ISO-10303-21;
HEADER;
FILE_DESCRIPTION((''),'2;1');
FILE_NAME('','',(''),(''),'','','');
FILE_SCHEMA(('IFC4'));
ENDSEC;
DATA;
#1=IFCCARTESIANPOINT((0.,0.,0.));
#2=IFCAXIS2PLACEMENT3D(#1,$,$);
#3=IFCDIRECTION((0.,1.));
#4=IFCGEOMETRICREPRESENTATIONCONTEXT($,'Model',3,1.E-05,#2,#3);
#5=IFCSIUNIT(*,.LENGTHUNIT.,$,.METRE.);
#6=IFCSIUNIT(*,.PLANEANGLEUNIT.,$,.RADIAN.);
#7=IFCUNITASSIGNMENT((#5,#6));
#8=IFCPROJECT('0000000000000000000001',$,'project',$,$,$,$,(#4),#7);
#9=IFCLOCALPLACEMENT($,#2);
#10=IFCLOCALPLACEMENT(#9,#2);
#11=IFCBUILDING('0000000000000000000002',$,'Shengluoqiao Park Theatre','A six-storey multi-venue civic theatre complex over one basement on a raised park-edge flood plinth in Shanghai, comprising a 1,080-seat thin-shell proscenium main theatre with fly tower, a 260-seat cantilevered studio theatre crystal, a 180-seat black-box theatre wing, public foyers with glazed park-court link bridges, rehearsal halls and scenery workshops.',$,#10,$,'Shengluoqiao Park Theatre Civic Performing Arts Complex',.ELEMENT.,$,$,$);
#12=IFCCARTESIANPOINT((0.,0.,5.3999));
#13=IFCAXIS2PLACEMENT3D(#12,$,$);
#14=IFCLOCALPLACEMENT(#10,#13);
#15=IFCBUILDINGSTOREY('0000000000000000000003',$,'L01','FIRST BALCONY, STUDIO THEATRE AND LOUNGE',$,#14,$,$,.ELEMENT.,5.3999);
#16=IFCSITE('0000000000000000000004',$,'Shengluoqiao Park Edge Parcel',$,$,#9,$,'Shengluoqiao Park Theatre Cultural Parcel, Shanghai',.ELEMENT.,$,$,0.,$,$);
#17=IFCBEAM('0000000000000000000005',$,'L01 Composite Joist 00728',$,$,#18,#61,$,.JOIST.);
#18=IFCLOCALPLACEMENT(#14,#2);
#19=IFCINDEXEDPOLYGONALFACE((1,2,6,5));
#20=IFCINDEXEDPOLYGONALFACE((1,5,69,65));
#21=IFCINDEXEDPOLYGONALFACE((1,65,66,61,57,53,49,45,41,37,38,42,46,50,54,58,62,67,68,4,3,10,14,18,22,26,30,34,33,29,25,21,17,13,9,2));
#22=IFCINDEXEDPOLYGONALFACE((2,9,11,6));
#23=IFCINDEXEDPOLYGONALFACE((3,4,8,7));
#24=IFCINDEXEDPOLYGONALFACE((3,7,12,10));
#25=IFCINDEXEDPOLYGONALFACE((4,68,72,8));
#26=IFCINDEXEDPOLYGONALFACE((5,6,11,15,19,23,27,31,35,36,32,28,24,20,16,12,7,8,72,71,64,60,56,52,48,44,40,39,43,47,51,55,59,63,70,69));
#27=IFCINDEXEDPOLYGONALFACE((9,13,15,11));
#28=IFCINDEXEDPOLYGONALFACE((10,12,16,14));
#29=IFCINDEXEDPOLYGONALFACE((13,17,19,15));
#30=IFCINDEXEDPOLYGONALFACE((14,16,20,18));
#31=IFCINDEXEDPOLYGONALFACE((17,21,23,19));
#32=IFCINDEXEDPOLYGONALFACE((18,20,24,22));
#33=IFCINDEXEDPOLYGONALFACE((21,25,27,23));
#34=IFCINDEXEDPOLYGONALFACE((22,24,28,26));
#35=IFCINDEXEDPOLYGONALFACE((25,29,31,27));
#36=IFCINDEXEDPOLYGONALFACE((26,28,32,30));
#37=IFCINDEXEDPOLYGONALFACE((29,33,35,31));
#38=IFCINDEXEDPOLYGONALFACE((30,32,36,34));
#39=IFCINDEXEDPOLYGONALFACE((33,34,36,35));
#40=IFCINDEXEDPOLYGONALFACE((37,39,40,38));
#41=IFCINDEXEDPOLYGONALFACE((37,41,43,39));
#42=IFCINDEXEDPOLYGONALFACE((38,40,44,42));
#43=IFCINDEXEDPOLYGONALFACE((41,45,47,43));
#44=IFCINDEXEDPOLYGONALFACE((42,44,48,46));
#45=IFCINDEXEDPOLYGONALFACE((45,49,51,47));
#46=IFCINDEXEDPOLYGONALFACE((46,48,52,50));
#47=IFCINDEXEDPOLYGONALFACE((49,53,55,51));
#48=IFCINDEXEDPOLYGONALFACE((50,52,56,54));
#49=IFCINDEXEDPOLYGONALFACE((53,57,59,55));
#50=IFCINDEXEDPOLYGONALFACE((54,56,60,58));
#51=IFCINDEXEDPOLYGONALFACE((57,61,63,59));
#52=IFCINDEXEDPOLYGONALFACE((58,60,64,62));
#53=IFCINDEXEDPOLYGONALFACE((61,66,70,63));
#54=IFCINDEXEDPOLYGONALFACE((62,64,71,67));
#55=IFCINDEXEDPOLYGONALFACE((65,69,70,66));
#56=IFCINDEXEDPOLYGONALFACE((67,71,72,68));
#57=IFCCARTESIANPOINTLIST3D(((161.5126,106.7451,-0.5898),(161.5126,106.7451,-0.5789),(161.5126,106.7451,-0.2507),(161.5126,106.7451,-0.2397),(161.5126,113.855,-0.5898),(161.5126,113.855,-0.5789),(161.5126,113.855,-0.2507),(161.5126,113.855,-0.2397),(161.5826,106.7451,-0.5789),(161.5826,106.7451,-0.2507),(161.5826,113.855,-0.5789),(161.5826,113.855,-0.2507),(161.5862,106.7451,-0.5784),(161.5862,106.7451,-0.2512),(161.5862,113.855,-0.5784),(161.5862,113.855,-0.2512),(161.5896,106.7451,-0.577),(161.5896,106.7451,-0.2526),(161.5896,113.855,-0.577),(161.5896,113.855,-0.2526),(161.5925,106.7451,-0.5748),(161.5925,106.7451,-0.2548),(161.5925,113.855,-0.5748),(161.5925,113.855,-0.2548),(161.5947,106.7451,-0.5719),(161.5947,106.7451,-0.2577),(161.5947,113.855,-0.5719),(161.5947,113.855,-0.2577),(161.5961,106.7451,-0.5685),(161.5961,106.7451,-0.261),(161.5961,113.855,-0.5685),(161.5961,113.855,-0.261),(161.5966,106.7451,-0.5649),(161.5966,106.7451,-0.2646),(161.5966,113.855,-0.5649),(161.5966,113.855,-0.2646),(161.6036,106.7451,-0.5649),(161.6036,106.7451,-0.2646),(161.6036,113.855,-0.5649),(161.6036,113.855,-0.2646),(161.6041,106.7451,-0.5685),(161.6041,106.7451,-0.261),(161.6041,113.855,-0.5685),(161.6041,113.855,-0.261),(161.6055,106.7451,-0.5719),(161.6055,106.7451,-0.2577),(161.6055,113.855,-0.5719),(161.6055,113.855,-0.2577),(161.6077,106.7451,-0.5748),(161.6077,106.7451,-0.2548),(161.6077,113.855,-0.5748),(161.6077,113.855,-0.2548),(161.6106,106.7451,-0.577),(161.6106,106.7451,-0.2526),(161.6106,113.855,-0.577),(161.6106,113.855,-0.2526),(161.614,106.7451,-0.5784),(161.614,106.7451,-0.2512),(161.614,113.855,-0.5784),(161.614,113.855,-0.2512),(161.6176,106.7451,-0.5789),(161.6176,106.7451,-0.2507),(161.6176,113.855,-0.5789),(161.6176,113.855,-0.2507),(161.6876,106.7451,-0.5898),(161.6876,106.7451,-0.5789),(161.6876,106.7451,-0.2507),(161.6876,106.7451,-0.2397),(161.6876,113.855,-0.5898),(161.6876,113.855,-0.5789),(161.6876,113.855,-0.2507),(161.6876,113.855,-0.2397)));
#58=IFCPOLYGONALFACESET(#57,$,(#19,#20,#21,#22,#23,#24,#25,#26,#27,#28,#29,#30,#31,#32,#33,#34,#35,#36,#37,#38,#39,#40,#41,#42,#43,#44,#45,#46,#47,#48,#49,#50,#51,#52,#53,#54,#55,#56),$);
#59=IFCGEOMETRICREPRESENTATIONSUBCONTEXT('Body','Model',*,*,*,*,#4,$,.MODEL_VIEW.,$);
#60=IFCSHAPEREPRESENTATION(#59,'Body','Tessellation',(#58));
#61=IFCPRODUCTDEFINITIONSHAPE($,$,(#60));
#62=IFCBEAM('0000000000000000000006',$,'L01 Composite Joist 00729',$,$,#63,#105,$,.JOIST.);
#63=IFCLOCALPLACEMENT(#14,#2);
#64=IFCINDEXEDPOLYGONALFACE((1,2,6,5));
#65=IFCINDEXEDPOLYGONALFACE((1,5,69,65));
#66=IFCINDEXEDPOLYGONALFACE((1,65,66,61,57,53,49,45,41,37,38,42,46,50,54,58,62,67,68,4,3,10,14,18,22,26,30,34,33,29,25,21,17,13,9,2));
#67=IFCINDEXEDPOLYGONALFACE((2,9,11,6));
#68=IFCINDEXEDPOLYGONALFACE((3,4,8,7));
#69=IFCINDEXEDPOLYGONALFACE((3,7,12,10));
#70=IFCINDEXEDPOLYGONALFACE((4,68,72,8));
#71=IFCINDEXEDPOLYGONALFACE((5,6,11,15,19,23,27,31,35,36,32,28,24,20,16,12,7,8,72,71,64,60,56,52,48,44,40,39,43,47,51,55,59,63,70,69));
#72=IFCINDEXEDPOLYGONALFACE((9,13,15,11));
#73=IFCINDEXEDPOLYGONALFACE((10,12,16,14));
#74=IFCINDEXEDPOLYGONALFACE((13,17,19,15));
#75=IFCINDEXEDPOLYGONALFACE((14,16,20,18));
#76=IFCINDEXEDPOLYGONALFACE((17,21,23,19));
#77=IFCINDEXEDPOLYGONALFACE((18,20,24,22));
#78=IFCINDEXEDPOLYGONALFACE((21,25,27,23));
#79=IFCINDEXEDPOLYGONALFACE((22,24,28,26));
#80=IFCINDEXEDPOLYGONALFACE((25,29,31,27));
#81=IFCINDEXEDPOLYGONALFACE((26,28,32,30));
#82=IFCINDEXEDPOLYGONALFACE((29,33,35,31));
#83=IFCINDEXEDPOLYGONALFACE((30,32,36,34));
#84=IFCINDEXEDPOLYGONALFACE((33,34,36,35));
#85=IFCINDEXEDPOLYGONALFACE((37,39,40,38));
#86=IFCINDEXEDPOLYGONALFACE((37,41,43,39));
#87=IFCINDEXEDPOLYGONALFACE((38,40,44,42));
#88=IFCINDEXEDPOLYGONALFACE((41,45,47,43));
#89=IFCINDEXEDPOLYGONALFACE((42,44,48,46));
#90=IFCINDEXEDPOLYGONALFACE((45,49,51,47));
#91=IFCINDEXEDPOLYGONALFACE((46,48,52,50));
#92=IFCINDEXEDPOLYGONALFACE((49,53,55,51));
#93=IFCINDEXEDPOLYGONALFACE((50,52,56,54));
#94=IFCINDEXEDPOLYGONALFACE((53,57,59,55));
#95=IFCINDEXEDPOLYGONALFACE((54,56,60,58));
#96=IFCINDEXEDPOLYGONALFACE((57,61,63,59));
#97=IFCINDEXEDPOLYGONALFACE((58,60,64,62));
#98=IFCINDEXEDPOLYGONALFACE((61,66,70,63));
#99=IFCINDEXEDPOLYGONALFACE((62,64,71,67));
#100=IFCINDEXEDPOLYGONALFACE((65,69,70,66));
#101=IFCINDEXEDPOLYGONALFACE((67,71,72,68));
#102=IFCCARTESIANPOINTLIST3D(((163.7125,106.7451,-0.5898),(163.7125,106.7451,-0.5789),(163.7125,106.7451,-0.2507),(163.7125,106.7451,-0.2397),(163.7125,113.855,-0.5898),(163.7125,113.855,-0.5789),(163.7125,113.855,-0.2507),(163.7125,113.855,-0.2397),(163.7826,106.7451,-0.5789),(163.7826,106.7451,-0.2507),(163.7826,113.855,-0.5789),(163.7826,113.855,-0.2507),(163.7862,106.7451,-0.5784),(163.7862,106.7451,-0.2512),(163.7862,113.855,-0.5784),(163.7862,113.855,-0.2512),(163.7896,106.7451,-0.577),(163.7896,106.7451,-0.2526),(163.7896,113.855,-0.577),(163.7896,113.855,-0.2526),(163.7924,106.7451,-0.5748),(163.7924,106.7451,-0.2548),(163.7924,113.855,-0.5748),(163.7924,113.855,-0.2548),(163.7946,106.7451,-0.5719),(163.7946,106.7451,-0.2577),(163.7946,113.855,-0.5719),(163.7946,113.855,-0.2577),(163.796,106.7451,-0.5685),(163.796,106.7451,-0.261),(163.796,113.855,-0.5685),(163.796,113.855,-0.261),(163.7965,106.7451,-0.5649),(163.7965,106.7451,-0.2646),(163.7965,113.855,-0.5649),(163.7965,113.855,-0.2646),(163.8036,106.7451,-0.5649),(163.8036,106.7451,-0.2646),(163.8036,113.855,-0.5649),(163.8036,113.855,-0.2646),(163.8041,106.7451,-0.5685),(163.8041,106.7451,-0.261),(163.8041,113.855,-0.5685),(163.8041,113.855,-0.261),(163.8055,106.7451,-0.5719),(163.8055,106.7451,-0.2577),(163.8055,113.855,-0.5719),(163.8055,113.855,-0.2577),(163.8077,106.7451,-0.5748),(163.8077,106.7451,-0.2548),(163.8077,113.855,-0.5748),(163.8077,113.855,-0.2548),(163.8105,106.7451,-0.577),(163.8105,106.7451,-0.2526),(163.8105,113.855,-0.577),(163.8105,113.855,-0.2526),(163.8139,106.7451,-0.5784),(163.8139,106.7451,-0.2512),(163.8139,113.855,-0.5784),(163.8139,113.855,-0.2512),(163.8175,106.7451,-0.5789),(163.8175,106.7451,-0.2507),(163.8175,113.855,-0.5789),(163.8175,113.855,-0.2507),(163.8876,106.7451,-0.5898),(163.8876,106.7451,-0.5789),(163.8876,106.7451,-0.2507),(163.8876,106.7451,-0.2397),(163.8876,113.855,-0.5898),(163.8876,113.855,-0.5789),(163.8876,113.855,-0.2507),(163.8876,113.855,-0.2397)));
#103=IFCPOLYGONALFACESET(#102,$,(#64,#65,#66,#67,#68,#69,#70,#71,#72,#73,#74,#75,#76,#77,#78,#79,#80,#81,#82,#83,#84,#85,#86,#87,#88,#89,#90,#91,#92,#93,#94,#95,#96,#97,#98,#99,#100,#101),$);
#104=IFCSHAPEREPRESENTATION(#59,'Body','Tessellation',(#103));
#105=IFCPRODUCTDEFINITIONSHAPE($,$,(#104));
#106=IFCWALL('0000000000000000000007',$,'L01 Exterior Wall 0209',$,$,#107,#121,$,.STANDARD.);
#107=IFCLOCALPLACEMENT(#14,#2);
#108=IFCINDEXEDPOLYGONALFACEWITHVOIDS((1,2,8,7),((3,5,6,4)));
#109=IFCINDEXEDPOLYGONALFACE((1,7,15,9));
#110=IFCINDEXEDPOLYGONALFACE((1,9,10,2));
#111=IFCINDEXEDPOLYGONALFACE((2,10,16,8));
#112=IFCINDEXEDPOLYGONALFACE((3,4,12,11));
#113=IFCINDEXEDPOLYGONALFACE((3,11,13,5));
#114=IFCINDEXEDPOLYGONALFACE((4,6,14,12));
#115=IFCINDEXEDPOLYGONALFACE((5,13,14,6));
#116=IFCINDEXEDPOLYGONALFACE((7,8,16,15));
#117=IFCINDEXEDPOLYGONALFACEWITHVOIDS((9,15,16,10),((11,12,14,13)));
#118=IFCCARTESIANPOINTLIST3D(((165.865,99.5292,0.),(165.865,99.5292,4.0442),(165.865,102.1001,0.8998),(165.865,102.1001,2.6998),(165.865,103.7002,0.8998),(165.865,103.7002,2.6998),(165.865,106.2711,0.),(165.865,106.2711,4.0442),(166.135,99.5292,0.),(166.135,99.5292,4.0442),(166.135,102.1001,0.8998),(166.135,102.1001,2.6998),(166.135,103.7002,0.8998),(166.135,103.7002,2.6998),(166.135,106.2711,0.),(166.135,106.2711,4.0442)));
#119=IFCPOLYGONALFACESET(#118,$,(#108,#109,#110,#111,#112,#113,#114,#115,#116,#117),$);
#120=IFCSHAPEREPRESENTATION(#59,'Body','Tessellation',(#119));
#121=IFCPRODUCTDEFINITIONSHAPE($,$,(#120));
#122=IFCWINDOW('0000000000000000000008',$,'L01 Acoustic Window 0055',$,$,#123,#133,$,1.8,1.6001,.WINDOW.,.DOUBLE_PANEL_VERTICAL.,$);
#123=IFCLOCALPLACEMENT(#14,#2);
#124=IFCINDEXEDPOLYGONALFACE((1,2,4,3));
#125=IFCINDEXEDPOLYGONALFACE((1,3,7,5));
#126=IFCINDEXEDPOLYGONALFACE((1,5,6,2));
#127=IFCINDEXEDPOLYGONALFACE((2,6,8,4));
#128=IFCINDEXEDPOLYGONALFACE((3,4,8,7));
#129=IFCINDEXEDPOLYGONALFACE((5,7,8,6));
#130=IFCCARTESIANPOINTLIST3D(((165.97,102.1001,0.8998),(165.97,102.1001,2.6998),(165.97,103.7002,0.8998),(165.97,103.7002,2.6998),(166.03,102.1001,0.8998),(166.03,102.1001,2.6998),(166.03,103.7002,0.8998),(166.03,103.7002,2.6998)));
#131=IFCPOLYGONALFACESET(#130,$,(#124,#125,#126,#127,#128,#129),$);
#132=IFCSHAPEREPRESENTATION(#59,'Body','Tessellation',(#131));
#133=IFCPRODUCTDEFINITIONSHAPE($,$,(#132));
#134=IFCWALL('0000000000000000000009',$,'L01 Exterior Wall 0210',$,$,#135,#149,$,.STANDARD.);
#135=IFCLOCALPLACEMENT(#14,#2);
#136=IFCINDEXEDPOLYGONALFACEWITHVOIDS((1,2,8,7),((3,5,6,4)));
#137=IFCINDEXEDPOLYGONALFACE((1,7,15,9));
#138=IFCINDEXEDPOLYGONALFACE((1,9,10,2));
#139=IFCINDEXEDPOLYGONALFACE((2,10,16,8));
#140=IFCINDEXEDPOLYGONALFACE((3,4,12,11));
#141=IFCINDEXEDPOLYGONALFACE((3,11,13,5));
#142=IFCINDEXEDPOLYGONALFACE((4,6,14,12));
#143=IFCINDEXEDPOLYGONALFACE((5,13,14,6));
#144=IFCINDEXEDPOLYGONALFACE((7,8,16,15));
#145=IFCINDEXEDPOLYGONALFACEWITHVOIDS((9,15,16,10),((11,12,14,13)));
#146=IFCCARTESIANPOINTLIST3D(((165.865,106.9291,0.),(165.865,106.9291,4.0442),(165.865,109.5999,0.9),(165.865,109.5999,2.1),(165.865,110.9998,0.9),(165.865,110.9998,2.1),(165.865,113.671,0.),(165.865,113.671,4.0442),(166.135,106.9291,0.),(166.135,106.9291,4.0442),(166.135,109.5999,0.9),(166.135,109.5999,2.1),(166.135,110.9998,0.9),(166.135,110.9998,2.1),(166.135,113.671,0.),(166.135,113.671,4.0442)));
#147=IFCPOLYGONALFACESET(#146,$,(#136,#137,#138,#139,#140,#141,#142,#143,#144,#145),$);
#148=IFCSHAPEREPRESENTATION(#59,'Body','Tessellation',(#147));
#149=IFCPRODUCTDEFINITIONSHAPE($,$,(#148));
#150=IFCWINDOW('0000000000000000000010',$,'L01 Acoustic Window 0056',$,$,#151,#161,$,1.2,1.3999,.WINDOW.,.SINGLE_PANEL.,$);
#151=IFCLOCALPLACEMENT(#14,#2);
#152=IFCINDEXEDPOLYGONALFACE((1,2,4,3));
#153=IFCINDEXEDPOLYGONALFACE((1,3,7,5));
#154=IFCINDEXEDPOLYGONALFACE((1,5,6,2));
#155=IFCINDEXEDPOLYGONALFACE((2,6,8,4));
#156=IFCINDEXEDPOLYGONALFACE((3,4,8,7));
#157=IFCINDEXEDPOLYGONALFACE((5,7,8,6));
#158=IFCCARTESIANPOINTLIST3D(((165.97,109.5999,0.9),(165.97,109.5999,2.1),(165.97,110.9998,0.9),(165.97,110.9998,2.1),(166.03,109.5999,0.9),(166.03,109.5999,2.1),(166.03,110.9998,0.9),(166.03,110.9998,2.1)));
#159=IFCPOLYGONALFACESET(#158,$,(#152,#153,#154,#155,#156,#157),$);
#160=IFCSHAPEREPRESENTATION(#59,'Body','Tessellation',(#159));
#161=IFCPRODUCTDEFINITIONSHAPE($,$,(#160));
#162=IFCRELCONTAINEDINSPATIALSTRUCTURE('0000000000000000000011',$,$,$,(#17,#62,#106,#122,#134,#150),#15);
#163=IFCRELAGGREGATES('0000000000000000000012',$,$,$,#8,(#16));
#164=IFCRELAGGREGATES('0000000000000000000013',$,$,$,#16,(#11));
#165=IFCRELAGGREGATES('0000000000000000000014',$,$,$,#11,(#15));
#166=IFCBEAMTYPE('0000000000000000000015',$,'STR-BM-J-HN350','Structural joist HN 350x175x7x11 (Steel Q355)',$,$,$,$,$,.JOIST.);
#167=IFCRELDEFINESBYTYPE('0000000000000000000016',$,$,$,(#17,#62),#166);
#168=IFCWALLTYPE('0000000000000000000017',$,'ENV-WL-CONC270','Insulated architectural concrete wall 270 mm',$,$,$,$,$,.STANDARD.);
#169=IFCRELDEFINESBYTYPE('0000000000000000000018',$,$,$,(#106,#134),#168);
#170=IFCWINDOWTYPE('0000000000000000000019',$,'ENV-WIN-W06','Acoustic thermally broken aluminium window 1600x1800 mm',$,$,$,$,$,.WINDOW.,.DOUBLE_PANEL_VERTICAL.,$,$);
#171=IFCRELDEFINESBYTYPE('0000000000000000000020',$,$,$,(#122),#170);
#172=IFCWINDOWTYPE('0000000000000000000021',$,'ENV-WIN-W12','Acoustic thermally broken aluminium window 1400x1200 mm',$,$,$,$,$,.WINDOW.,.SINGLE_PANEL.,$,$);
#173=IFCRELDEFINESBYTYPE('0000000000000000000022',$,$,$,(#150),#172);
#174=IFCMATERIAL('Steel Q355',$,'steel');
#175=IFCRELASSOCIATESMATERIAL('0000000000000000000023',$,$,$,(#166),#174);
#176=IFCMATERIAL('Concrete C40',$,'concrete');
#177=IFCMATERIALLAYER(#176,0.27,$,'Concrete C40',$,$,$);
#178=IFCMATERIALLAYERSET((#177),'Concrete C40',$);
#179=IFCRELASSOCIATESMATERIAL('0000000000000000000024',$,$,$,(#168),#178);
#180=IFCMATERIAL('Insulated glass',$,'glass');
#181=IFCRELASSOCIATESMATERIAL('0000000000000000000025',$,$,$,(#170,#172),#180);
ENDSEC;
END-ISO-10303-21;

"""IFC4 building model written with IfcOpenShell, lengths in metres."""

from ifc_helpers import new_model, si_unit, direction, frame, frame_2d, origin, origin_2d, place, context, subcontext, project, spatial, rectangle, i_section, extrude, material, layer, layer_set, material_profile, profile_set, type_object, element, fill, save


model = new_model("IFC4")

# Units and contexts
model_context = context("Model", 3, precision=1e-05, world=origin(), true_north=direction((0.0, 1.0)))
body_context = subcontext(model_context, "Body", "Model", "MODEL_VIEW")
ifc_project = project(units=[si_unit("LENGTHUNIT", "METRE"), si_unit("PLANEANGLEUNIT", "RADIAN")], contexts=[model_context])

# Site, building, storey
site_placement = place(None, origin())
site = spatial("IfcSite", under=ifc_project, at=site_placement, Name="Shengluoqiao Park Edge Parcel", LongName="Shengluoqiao Park Theatre Cultural Parcel, Shanghai", CompositionType="ELEMENT", RefElevation=0.0)
building_placement = place(site_placement, origin())
building = spatial("IfcBuilding", under=site, at=building_placement, Name="Shengluoqiao Park Theatre", Description="A six-storey multi-venue civic theatre complex over one basement on a raised park-edge flood plinth in Shanghai, comprising a 1,080-seat thin-shell proscenium main theatre with fly tower, a 260-seat cantilevered studio theatre crystal, a 180-seat black-box theatre wing, public foyers with glazed park-court link bridges, rehearsal halls and scenery workshops.", LongName="Shengluoqiao Park Theatre Civic Performing Arts Complex", CompositionType="ELEMENT")
storey_placement = place(building_placement, frame((0.0, 0.0, 5.3999)))
storey = spatial("IfcBuildingStorey", under=building, at=storey_placement, Name="L01", Description="FIRST BALCONY, STUDIO THEATRE AND LOUNGE", CompositionType="ELEMENT", Elevation=5.3999)

# Shared definitions
ifc_material_1 = material(Name="Concrete C40", Category="concrete")

# Beams
ifc_material_2 = material(Name="Steel Q355", Category="steel")
ifc_material_profile_1 = material_profile(ifc_material_2, i_section(OverallWidth=0.175, OverallDepth=0.3501, WebThickness=0.0071, FlangeThickness=0.011, FilletRadius=0.0139, at=origin_2d()), Name="HN 350x175x7x11")
ifc_profile_set_1 = profile_set([ifc_material_profile_1], Name="Steel Q355")
beam_type_1 = type_object("IfcBeamType", Name="STR-BM-J-HN350", Description="Structural joist HN 350x175x7x11 (Steel Q355)", PredefinedType="JOIST", material=ifc_profile_set_1)
for number, where, z_axis, x_axis, name in (
    (1, (161.6001, 106.7451, -0.4148), (0.0, 1.0, 0.0), (-1.0, 0.0, 0.0), "L01 Composite Joist 00728"),
    (2, (163.8, 106.7451, -0.4148), (0.0, 1.0, 0.0), (-1.0, 0.0, 0.0), "L01 Composite Joist 00729"),
):
    element("IfcBeam", number, at=place(storey_placement, frame(where, z_axis=z_axis, x_axis=x_axis)), inside=storey, type_object=beam_type_1, Name=name, PredefinedType="JOIST", context=body_context, shape_type="SweptSolid", body=[
        extrude(i_section(OverallWidth=0.175, OverallDepth=0.3501, WebThickness=0.0071, FlangeThickness=0.011, FilletRadius=0.0139, at=origin_2d()), origin(), (0.0, 0.0, 1.0), 7.1099),
    ])

# Walls, openings, windows
ifc_layer_1 = layer(ifc_material_1, 0.27, Name="Concrete C40")
ifc_layer_set_1 = layer_set([ifc_layer_1], Name="Concrete C40")
wall_type_1 = type_object("IfcWallType", Name="ENV-WL-CONC270", Description="Insulated architectural concrete wall 270 mm", PredefinedType="STANDARD", material=ifc_layer_set_1)
wall_1_placement = place(storey_placement, frame((166.0, 99.5291, 0.0), z_axis=(0.0, 0.0, 1.0), x_axis=(0.0, 1.0, 0.0)))
wall_1 = element("IfcWall", 3, at=wall_1_placement, inside=storey, type_object=wall_type_1, Name="L01 Exterior Wall 0209", PredefinedType="STANDARD", context=body_context, shape_type="SweptSolid", body=[
    extrude(rectangle(XDim=6.7419, YDim=0.27, at=frame_2d((3.3711, 0.0))), origin(), (0.0, 0.0, 1.0), 4.0442),
])
opening_1_placement = place(wall_1_placement, frame((2.571, 0.0, 0.8999)))
opening_1 = element("IfcOpeningElement", 4, at=opening_1_placement, cuts=wall_1, PredefinedType="OPENING", context=body_context, shape_type="SweptSolid", body=[
    extrude(rectangle(XDim=1.6001, YDim=1.8, at=frame_2d((0.8, 0.8999))), frame((0.0, 0.145, 0.0), z_axis=(0.0, -1.0, 0.0), x_axis=(1.0, 0.0, 0.0)), (0.0, 0.0, 1.0), 0.29),
])
ifc_material_3 = material(Name="Insulated glass", Category="glass")
window_type_1 = type_object("IfcWindowType", Name="ENV-WIN-W06", Description="Acoustic thermally broken aluminium window 1600x1800 mm", PartitioningType="DOUBLE_PANEL_VERTICAL", PredefinedType="WINDOW", material=ifc_material_3)
window_1_placement = place(opening_1_placement, origin())
window_1 = element("IfcWindow", 5, at=window_1_placement, inside=storey, type_object=window_type_1, Name="L01 Acoustic Window 0055", OverallHeight=1.8, OverallWidth=1.6001, PartitioningType="DOUBLE_PANEL_VERTICAL", PredefinedType="WINDOW", context=body_context, shape_type="SweptSolid", body=[
    extrude(rectangle(XDim=1.6001, YDim=1.8, at=frame_2d((0.8, 0.8999))), frame((0.0, 0.03, 0.0), z_axis=(0.0, -1.0, 0.0), x_axis=(1.0, 0.0, 0.0)), (0.0, 0.0, 1.0), 0.0601),
])
fill(opening_1, window_1)
wall_2_placement = place(storey_placement, frame((166.0, 106.929, 0.0), z_axis=(0.0, 0.0, 1.0), x_axis=(0.0, 1.0, 0.0)))
wall_2 = element("IfcWall", 6, at=wall_2_placement, inside=storey, type_object=wall_type_1, Name="L01 Exterior Wall 0210", PredefinedType="STANDARD", context=body_context, shape_type="SweptSolid", body=[
    extrude(rectangle(XDim=6.7419, YDim=0.27, at=frame_2d((3.3711, 0.0))), origin(), (0.0, 0.0, 1.0), 4.0442),
])
opening_2_placement = place(wall_2_placement, frame((2.6709, 0.0, 0.8999)))
opening_2 = element("IfcOpeningElement", 7, at=opening_2_placement, cuts=wall_2, PredefinedType="OPENING", context=body_context, shape_type="SweptSolid", body=[
    extrude(rectangle(XDim=1.3999, YDim=1.2, at=frame_2d((0.7, 0.6001))), frame((0.0, 0.145, 0.0), z_axis=(0.0, -1.0, 0.0), x_axis=(1.0, 0.0, 0.0)), (0.0, 0.0, 1.0), 0.29),
])
window_type_2 = type_object("IfcWindowType", Name="ENV-WIN-W12", Description="Acoustic thermally broken aluminium window 1400x1200 mm", PartitioningType="SINGLE_PANEL", PredefinedType="WINDOW", material=ifc_material_3)
window_2_placement = place(opening_2_placement, origin())
window_2 = element("IfcWindow", 8, at=window_2_placement, inside=storey, type_object=window_type_2, Name="L01 Acoustic Window 0056", OverallHeight=1.2, OverallWidth=1.3999, PartitioningType="SINGLE_PANEL", PredefinedType="WINDOW", context=body_context, shape_type="SweptSolid", body=[
    extrude(rectangle(XDim=1.3999, YDim=1.2, at=frame_2d((0.7, 0.6001))), frame((0.0, 0.03, 0.0), z_axis=(0.0, -1.0, 0.0), x_axis=(1.0, 0.0, 0.0)), (0.0, 0.0, 1.0), 0.0601),
])
fill(opening_2, window_2)

save(model, "model.ifc")
